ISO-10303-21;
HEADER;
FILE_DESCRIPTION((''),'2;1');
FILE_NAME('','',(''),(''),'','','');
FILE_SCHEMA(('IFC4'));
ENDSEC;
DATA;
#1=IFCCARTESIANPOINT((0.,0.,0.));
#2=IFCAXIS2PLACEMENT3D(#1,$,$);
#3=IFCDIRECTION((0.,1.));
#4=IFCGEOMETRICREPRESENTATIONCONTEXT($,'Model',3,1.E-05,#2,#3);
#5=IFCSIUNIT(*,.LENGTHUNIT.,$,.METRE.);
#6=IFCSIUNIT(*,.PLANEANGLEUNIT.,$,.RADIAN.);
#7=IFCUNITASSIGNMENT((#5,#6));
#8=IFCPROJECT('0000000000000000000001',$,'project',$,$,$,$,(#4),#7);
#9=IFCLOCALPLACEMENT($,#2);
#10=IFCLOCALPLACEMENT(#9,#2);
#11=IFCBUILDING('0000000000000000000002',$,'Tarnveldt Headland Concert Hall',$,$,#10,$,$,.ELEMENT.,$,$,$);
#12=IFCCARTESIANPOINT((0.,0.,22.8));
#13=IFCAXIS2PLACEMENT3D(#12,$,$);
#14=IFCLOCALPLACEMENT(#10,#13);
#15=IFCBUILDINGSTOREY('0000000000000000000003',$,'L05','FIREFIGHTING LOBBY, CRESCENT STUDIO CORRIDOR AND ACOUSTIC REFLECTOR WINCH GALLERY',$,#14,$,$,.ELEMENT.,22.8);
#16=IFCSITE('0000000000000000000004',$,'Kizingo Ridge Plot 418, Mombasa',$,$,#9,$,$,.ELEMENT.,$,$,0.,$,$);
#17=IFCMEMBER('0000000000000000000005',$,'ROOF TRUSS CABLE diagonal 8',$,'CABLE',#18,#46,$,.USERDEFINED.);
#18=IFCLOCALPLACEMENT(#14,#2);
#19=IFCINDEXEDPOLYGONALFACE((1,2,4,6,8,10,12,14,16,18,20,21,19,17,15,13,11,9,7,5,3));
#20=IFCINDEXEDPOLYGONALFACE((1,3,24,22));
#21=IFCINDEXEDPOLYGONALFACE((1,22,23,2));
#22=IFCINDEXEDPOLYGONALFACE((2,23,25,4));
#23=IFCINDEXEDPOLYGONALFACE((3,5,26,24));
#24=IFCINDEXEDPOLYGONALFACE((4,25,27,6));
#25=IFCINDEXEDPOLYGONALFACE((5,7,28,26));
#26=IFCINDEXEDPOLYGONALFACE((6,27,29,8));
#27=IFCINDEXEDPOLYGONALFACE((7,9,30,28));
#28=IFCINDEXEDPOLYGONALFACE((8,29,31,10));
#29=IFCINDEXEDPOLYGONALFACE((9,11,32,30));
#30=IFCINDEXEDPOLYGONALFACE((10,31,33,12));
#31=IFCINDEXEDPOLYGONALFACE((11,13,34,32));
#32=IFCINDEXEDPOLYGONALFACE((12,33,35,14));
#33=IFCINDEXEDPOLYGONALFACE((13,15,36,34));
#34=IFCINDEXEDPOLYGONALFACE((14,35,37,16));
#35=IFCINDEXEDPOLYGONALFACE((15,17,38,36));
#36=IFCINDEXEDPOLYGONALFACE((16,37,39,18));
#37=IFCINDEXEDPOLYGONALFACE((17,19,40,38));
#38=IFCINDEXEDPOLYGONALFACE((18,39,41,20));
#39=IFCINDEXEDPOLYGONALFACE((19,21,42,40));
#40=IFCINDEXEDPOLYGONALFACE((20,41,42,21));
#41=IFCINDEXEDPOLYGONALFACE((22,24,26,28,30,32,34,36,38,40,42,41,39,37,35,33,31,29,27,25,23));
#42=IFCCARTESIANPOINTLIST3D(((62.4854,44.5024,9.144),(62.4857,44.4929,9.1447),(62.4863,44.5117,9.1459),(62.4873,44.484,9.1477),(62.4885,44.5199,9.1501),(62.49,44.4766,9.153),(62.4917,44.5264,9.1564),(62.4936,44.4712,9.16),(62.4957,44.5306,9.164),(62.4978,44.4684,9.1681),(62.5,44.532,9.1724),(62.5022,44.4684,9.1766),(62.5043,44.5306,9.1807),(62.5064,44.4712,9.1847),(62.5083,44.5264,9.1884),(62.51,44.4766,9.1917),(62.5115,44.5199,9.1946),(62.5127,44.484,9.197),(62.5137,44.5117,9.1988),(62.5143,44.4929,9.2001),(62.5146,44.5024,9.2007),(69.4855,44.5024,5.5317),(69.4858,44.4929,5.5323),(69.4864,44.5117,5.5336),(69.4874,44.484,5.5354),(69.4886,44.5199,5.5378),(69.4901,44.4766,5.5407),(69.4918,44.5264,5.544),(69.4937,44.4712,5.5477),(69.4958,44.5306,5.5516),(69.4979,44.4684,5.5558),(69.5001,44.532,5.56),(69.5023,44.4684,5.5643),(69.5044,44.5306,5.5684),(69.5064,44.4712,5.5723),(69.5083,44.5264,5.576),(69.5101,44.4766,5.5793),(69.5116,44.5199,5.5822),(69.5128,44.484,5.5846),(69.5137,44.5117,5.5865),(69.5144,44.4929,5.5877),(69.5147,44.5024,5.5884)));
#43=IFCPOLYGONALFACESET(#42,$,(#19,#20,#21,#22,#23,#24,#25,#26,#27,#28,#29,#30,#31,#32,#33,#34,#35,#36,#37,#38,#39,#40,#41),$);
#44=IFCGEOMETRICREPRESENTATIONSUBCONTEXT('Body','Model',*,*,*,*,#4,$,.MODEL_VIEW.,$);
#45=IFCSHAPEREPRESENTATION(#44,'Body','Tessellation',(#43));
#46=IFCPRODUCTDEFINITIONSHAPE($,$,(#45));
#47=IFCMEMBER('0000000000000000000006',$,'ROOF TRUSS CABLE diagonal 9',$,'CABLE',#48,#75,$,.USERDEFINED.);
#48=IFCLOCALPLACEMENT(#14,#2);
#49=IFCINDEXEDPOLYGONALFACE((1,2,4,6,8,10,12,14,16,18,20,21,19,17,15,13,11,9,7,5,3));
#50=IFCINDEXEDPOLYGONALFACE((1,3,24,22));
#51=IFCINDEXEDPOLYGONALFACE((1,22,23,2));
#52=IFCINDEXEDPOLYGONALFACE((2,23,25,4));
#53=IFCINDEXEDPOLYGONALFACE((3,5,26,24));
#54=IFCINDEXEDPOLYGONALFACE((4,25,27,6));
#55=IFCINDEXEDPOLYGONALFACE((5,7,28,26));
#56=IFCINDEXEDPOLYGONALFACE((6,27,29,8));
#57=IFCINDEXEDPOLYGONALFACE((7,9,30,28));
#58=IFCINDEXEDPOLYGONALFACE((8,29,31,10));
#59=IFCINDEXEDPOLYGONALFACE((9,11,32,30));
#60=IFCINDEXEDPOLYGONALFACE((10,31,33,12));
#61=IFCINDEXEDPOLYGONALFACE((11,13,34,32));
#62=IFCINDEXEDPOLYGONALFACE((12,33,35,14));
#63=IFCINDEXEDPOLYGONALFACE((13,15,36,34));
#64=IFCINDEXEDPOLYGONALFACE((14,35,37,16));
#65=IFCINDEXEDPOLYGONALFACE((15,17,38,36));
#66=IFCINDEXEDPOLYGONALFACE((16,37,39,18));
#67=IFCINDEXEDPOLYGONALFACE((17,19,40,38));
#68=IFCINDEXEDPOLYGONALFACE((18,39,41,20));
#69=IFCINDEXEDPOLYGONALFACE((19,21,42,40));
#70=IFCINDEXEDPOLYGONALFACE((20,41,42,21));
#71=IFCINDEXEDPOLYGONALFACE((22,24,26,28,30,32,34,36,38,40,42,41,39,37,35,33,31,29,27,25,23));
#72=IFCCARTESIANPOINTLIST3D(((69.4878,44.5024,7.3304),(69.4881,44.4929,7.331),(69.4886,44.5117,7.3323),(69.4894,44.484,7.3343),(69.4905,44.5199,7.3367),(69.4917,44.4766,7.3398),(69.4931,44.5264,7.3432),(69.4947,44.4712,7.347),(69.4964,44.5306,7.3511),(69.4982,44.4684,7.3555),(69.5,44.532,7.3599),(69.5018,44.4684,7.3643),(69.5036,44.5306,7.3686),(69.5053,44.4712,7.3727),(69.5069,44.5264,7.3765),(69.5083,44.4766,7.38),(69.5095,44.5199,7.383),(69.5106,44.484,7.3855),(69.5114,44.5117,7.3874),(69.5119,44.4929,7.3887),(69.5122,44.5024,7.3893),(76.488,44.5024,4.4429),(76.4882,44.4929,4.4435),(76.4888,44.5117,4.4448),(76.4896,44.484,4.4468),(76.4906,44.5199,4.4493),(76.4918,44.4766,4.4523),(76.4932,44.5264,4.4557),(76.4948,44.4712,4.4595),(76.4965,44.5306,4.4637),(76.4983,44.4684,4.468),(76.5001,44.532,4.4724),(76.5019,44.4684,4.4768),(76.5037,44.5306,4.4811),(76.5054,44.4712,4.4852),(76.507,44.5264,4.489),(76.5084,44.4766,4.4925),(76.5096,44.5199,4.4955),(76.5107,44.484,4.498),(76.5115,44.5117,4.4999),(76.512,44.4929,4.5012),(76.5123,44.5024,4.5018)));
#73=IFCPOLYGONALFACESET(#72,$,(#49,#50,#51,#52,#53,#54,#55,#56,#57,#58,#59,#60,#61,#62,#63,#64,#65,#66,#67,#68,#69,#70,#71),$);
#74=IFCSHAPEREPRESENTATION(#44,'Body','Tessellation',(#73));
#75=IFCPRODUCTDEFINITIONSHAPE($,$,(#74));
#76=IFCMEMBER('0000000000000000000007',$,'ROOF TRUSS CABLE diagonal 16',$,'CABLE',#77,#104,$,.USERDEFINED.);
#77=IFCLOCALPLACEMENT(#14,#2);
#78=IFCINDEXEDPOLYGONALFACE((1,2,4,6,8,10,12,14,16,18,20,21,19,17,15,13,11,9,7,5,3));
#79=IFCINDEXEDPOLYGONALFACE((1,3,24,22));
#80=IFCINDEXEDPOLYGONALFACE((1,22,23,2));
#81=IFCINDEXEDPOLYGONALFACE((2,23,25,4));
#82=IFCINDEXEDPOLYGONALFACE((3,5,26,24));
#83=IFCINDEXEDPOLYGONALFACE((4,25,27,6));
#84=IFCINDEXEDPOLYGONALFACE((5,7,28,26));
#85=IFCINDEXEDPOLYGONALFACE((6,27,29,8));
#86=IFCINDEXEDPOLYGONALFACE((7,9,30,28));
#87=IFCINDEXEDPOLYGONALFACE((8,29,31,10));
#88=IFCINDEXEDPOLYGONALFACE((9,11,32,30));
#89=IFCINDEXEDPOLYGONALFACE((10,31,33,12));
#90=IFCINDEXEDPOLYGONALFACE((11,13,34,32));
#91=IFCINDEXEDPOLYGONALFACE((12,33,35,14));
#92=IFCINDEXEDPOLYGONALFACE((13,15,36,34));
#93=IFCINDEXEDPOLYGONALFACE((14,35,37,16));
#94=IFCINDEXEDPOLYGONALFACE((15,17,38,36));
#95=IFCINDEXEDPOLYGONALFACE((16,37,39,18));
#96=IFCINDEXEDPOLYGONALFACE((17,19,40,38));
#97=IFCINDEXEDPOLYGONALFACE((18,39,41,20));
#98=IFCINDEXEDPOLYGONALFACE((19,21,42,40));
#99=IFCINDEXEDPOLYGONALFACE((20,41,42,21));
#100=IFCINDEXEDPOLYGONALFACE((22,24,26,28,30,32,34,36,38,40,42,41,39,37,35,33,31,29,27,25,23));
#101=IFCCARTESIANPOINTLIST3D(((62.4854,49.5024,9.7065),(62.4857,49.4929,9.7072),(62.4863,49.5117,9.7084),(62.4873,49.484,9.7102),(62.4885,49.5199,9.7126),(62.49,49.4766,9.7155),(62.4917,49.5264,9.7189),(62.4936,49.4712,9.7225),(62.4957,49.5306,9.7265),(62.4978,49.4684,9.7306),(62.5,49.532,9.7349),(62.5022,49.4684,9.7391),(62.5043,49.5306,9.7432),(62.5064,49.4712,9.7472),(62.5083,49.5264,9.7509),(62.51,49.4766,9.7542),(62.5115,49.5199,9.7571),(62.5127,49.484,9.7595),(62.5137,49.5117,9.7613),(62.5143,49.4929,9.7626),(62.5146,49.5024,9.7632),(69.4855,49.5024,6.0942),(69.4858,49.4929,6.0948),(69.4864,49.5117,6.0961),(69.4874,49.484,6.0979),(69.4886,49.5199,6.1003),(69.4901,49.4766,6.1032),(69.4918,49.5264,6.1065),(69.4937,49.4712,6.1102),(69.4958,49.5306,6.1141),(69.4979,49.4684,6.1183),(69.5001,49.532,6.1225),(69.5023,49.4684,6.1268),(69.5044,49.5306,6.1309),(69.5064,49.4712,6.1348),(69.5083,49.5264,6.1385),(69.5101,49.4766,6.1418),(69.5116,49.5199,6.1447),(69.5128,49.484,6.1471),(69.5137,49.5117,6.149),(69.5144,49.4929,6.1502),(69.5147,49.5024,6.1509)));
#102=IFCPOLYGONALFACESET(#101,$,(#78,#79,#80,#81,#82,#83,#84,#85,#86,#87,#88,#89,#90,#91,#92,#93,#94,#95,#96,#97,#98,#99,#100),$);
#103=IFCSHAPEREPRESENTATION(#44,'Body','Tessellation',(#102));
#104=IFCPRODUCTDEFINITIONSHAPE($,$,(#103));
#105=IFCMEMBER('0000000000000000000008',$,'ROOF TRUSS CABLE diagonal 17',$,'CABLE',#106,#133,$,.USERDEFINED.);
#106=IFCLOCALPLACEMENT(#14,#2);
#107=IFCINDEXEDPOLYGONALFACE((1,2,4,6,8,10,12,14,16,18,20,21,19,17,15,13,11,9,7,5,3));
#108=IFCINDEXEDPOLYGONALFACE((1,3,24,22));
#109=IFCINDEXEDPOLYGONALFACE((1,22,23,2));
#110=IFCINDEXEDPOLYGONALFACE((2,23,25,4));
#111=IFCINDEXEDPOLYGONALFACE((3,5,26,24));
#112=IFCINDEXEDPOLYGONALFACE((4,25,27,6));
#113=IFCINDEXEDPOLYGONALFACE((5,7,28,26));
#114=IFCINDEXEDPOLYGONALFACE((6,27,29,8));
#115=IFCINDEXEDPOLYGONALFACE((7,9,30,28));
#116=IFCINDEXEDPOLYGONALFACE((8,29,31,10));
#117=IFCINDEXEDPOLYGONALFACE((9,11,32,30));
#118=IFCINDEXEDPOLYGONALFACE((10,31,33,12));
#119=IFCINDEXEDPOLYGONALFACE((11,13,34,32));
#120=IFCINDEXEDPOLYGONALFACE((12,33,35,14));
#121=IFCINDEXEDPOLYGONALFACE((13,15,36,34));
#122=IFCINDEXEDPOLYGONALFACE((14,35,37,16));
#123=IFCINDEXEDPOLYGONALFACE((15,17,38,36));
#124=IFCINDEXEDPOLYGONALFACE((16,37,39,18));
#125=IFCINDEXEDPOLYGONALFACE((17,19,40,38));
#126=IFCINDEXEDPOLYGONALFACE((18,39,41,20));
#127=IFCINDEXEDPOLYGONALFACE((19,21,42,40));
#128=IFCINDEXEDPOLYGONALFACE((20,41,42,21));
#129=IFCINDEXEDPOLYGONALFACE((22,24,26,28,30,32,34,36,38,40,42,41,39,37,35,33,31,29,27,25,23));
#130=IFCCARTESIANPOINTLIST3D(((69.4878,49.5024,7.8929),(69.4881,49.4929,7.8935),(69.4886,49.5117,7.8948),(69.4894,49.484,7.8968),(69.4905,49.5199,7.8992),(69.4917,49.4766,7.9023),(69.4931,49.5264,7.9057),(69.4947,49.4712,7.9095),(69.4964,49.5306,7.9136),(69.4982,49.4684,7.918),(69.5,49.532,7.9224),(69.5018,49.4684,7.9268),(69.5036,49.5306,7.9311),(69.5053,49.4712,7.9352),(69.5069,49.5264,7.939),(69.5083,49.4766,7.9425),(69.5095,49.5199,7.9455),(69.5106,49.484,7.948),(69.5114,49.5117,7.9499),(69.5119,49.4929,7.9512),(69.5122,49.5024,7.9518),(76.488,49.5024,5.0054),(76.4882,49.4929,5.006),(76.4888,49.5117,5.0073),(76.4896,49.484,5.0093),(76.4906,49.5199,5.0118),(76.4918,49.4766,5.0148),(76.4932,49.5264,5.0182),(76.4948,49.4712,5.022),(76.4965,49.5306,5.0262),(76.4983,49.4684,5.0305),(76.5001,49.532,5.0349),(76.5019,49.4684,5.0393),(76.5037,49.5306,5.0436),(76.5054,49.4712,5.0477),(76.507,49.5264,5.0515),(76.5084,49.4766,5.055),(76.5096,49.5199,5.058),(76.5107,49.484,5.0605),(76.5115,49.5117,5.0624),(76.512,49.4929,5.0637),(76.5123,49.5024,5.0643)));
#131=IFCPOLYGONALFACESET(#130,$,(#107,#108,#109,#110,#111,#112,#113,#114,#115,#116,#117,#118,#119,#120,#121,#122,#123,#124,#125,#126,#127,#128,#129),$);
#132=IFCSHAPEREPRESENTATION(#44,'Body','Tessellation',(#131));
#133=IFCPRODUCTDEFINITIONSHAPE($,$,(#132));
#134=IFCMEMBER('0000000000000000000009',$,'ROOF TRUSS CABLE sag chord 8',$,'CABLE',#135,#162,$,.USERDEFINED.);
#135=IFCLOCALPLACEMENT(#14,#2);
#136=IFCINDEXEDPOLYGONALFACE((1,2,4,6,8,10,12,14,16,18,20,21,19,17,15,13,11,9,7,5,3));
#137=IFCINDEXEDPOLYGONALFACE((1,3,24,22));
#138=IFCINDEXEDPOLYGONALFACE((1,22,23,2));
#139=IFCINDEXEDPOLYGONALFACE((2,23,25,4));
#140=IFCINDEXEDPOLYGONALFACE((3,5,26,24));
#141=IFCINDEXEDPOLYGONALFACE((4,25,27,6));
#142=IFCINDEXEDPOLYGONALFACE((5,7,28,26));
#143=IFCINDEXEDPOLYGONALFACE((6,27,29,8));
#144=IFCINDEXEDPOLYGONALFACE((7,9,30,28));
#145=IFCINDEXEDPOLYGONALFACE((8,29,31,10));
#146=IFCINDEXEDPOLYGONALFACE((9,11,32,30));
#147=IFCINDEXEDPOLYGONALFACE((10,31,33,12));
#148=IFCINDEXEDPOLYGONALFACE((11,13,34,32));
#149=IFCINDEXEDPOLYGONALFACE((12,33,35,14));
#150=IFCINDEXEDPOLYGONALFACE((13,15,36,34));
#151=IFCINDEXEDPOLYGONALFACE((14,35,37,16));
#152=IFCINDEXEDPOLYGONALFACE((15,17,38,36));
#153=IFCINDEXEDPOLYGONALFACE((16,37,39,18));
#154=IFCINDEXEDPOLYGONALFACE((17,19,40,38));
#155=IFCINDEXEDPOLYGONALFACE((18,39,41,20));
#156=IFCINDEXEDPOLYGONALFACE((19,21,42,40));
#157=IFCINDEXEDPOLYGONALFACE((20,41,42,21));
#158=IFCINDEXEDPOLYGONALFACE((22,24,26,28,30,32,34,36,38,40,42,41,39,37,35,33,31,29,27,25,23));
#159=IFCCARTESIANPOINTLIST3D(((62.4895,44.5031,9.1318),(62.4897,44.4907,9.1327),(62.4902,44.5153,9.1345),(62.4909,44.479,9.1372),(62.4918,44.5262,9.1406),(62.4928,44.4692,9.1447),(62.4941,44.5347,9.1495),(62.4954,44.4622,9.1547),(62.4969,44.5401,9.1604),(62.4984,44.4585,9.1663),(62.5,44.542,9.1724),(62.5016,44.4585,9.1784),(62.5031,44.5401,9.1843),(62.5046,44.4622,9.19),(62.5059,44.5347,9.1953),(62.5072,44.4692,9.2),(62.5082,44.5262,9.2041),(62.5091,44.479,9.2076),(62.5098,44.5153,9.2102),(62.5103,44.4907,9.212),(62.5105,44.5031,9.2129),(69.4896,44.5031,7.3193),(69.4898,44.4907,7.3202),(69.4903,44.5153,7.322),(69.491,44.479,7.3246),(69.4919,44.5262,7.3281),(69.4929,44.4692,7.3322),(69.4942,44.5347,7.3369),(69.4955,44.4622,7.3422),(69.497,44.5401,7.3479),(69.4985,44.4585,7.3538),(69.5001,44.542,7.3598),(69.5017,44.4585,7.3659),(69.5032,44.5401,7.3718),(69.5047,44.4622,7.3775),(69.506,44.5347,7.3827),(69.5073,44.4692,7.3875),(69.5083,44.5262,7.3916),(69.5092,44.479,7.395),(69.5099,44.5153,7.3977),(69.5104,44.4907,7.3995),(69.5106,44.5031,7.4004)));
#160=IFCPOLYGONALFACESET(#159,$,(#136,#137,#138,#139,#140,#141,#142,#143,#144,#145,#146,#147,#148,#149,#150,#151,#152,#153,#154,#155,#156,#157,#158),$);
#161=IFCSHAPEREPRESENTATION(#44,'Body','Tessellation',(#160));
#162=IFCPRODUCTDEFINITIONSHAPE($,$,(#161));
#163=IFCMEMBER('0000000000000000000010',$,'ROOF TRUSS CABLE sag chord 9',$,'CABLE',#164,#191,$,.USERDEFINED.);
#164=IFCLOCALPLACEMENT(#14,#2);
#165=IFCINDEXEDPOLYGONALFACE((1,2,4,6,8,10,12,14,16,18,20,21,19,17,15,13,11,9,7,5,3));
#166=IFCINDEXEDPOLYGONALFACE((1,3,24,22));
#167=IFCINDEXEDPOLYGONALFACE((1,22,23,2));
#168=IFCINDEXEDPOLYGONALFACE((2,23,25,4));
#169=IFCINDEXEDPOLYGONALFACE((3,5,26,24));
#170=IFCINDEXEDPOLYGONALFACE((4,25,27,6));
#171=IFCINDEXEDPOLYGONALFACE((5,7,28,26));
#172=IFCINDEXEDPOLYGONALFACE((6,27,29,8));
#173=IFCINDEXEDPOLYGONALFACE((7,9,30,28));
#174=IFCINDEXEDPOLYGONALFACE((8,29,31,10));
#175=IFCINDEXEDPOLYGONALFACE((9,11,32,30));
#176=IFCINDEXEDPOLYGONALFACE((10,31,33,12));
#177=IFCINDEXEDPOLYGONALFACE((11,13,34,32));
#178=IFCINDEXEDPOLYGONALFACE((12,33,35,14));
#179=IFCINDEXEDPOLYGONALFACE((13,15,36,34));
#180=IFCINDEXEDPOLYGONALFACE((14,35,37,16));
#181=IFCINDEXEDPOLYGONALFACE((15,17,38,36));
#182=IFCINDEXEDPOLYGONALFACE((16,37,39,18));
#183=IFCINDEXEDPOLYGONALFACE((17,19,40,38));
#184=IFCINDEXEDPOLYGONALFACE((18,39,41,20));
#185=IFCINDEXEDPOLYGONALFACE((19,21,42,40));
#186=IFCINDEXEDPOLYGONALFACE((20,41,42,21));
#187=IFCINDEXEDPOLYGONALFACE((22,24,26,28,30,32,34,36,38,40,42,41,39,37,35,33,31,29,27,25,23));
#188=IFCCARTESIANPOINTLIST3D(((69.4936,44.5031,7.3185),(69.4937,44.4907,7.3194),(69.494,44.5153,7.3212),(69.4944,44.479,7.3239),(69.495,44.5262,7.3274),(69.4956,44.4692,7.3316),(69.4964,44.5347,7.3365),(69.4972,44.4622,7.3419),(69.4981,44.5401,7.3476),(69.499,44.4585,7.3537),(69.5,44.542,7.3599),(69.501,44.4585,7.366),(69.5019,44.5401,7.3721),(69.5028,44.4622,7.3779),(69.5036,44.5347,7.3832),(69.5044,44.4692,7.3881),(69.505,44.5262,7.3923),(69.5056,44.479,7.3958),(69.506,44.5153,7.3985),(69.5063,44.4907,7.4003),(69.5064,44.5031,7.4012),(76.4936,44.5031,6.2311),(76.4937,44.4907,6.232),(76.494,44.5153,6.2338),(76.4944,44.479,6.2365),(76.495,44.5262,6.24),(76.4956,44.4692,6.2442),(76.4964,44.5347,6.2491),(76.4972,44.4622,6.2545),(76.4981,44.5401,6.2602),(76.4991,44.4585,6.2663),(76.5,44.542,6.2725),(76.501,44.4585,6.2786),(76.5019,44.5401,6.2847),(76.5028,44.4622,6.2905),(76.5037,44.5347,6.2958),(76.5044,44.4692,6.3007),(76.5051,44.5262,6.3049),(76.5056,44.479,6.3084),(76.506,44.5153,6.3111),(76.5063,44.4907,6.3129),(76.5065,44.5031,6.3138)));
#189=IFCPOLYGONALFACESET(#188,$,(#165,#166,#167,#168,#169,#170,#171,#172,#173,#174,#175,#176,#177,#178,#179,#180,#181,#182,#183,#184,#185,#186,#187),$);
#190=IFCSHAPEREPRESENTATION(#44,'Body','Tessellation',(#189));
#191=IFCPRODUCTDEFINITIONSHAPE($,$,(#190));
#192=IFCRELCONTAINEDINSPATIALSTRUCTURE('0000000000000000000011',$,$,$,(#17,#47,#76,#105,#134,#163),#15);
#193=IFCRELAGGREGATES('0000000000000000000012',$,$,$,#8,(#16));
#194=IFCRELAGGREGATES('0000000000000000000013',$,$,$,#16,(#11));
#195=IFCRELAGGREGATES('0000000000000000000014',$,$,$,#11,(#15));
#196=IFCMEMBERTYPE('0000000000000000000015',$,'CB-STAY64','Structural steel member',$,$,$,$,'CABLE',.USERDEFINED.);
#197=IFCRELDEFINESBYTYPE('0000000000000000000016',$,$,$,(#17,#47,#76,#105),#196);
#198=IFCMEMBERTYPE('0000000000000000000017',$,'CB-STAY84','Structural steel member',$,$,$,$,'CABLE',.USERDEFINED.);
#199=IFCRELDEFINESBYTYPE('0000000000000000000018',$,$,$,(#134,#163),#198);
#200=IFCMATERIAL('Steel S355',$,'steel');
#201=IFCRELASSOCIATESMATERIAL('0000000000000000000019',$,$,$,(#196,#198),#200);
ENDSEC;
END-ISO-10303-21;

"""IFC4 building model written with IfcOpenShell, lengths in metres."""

from ifc_helpers import new_model, si_unit, direction, frame, origin, origin_2d, place, context, subcontext, project, spatial, circle, extrude, material, material_profile, profile_set, type_object, element, save


model = new_model("IFC4")

# Units and contexts
model_context = context("Model", 3, precision=1e-05, world=origin(), true_north=direction((0.0, 1.0)))
body_context = subcontext(model_context, "Body", "Model", "MODEL_VIEW")
ifc_project = project(units=[si_unit("LENGTHUNIT", "METRE"), si_unit("PLANEANGLEUNIT", "RADIAN")], contexts=[model_context])

# Site, building, storey
site_placement = place(None, origin())
site = spatial("IfcSite", under=ifc_project, at=site_placement, Name="Kizingo Ridge Plot 418, Mombasa", CompositionType="ELEMENT", RefElevation=0.0)
building_placement = place(site_placement, origin())
building = spatial("IfcBuilding", under=site, at=building_placement, Name="Tarnveldt Headland Concert Hall", CompositionType="ELEMENT")
storey_placement = place(building_placement, frame((0.0, 0.0, 22.8)))
storey = spatial("IfcBuildingStorey", under=building, at=storey_placement, Name="L05", Description="FIREFIGHTING LOBBY, CRESCENT STUDIO CORRIDOR AND ACOUSTIC REFLECTOR WINCH GALLERY", CompositionType="ELEMENT", Elevation=22.8)

# Members
ifc_material_1 = material(Name="Steel S355", Category="steel")
ifc_material_profile_1 = material_profile(ifc_material_1, circle(Radius=0.032, at=origin_2d()), Name="LC D64", Category="steel")
ifc_profile_set_1 = profile_set([ifc_material_profile_1], Name="Steel S355")
member_type_1 = type_object("IfcMemberType", Name="CB-STAY64", Description="Structural steel member", ElementType="CABLE", PredefinedType="USERDEFINED", material=ifc_profile_set_1)
member_1_placement = place(storey_placement, frame((62.5, 44.5, 9.1724), z_axis=(0.888652, 0.0, -0.458583), x_axis=(0.0, 1.0, 0.0)))
element("IfcMember", 1, at=member_1_placement, inside=storey, type_object=member_type_1, Name="ROOF TRUSS CABLE diagonal 8", ObjectType="CABLE", PredefinedType="USERDEFINED", context=body_context, shape_type="SweptSolid", body=[
    extrude(circle(Radius=0.032, at=origin_2d()), origin(), (0.0, 0.0, 1.0), 7.8772),
])
member_2_placement = place(storey_placement, frame((69.5, 44.5, 7.3599), z_axis=(0.924441, 0.0, -0.381325), x_axis=(0.0, 1.0, 0.0)))
element("IfcMember", 2, at=member_2_placement, inside=storey, type_object=member_type_1, Name="ROOF TRUSS CABLE diagonal 9", ObjectType="CABLE", PredefinedType="USERDEFINED", context=body_context, shape_type="SweptSolid", body=[
    extrude(circle(Radius=0.032, at=origin_2d()), origin(), (0.0, 0.0, 1.0), 7.5723),
])
member_3_placement = place(storey_placement, frame((62.5, 49.5, 9.7349), z_axis=(0.888652, 0.0, -0.458583), x_axis=(0.0, 1.0, 0.0)))
element("IfcMember", 3, at=member_3_placement, inside=storey, type_object=member_type_1, Name="ROOF TRUSS CABLE diagonal 16", ObjectType="CABLE", PredefinedType="USERDEFINED", context=body_context, shape_type="SweptSolid", body=[
    extrude(circle(Radius=0.032, at=origin_2d()), origin(), (0.0, 0.0, 1.0), 7.8772),
])
member_4_placement = place(storey_placement, frame((69.5, 49.5, 7.9224), z_axis=(0.924441, 0.0, -0.381325), x_axis=(0.0, 1.0, 0.0)))
element("IfcMember", 4, at=member_4_placement, inside=storey, type_object=member_type_1, Name="ROOF TRUSS CABLE diagonal 17", ObjectType="CABLE", PredefinedType="USERDEFINED", context=body_context, shape_type="SweptSolid", body=[
    extrude(circle(Radius=0.032, at=origin_2d()), origin(), (0.0, 0.0, 1.0), 7.5723),
])
ifc_material_profile_2 = material_profile(ifc_material_1, circle(Radius=0.042, at=origin_2d()), Name="LC D84", Category="steel")
ifc_profile_set_2 = profile_set([ifc_material_profile_2], Name="Steel S355")
member_type_2 = type_object("IfcMemberType", Name="CB-STAY84", Description="Structural steel member", ElementType="CABLE", PredefinedType="USERDEFINED", material=ifc_profile_set_2)
member_5_placement = place(storey_placement, frame((62.5, 44.5, 9.1724), z_axis=(0.968075, 0.0, -0.250662), x_axis=(0.0, 1.0, 0.0)))
element("IfcMember", 5, at=member_5_placement, inside=storey, type_object=member_type_2, Name="ROOF TRUSS CABLE sag chord 8", ObjectType="CABLE", PredefinedType="USERDEFINED", context=body_context, shape_type="SweptSolid", body=[
    extrude(circle(Radius=0.042, at=origin_2d()), origin(), (0.0, 0.0, 1.0), 7.231),
])
member_6_placement = place(storey_placement, frame((69.5, 44.5, 7.3599), z_axis=(0.988148, 0.0, -0.153502), x_axis=(0.0, 1.0, 0.0)))
element("IfcMember", 6, at=member_6_placement, inside=storey, type_object=member_type_2, Name="ROOF TRUSS CABLE sag chord 9", ObjectType="CABLE", PredefinedType="USERDEFINED", context=body_context, shape_type="SweptSolid", body=[
    extrude(circle(Radius=0.042, at=origin_2d()), origin(), (0.0, 0.0, 1.0), 7.084),
])

save(model, "model.ifc")
